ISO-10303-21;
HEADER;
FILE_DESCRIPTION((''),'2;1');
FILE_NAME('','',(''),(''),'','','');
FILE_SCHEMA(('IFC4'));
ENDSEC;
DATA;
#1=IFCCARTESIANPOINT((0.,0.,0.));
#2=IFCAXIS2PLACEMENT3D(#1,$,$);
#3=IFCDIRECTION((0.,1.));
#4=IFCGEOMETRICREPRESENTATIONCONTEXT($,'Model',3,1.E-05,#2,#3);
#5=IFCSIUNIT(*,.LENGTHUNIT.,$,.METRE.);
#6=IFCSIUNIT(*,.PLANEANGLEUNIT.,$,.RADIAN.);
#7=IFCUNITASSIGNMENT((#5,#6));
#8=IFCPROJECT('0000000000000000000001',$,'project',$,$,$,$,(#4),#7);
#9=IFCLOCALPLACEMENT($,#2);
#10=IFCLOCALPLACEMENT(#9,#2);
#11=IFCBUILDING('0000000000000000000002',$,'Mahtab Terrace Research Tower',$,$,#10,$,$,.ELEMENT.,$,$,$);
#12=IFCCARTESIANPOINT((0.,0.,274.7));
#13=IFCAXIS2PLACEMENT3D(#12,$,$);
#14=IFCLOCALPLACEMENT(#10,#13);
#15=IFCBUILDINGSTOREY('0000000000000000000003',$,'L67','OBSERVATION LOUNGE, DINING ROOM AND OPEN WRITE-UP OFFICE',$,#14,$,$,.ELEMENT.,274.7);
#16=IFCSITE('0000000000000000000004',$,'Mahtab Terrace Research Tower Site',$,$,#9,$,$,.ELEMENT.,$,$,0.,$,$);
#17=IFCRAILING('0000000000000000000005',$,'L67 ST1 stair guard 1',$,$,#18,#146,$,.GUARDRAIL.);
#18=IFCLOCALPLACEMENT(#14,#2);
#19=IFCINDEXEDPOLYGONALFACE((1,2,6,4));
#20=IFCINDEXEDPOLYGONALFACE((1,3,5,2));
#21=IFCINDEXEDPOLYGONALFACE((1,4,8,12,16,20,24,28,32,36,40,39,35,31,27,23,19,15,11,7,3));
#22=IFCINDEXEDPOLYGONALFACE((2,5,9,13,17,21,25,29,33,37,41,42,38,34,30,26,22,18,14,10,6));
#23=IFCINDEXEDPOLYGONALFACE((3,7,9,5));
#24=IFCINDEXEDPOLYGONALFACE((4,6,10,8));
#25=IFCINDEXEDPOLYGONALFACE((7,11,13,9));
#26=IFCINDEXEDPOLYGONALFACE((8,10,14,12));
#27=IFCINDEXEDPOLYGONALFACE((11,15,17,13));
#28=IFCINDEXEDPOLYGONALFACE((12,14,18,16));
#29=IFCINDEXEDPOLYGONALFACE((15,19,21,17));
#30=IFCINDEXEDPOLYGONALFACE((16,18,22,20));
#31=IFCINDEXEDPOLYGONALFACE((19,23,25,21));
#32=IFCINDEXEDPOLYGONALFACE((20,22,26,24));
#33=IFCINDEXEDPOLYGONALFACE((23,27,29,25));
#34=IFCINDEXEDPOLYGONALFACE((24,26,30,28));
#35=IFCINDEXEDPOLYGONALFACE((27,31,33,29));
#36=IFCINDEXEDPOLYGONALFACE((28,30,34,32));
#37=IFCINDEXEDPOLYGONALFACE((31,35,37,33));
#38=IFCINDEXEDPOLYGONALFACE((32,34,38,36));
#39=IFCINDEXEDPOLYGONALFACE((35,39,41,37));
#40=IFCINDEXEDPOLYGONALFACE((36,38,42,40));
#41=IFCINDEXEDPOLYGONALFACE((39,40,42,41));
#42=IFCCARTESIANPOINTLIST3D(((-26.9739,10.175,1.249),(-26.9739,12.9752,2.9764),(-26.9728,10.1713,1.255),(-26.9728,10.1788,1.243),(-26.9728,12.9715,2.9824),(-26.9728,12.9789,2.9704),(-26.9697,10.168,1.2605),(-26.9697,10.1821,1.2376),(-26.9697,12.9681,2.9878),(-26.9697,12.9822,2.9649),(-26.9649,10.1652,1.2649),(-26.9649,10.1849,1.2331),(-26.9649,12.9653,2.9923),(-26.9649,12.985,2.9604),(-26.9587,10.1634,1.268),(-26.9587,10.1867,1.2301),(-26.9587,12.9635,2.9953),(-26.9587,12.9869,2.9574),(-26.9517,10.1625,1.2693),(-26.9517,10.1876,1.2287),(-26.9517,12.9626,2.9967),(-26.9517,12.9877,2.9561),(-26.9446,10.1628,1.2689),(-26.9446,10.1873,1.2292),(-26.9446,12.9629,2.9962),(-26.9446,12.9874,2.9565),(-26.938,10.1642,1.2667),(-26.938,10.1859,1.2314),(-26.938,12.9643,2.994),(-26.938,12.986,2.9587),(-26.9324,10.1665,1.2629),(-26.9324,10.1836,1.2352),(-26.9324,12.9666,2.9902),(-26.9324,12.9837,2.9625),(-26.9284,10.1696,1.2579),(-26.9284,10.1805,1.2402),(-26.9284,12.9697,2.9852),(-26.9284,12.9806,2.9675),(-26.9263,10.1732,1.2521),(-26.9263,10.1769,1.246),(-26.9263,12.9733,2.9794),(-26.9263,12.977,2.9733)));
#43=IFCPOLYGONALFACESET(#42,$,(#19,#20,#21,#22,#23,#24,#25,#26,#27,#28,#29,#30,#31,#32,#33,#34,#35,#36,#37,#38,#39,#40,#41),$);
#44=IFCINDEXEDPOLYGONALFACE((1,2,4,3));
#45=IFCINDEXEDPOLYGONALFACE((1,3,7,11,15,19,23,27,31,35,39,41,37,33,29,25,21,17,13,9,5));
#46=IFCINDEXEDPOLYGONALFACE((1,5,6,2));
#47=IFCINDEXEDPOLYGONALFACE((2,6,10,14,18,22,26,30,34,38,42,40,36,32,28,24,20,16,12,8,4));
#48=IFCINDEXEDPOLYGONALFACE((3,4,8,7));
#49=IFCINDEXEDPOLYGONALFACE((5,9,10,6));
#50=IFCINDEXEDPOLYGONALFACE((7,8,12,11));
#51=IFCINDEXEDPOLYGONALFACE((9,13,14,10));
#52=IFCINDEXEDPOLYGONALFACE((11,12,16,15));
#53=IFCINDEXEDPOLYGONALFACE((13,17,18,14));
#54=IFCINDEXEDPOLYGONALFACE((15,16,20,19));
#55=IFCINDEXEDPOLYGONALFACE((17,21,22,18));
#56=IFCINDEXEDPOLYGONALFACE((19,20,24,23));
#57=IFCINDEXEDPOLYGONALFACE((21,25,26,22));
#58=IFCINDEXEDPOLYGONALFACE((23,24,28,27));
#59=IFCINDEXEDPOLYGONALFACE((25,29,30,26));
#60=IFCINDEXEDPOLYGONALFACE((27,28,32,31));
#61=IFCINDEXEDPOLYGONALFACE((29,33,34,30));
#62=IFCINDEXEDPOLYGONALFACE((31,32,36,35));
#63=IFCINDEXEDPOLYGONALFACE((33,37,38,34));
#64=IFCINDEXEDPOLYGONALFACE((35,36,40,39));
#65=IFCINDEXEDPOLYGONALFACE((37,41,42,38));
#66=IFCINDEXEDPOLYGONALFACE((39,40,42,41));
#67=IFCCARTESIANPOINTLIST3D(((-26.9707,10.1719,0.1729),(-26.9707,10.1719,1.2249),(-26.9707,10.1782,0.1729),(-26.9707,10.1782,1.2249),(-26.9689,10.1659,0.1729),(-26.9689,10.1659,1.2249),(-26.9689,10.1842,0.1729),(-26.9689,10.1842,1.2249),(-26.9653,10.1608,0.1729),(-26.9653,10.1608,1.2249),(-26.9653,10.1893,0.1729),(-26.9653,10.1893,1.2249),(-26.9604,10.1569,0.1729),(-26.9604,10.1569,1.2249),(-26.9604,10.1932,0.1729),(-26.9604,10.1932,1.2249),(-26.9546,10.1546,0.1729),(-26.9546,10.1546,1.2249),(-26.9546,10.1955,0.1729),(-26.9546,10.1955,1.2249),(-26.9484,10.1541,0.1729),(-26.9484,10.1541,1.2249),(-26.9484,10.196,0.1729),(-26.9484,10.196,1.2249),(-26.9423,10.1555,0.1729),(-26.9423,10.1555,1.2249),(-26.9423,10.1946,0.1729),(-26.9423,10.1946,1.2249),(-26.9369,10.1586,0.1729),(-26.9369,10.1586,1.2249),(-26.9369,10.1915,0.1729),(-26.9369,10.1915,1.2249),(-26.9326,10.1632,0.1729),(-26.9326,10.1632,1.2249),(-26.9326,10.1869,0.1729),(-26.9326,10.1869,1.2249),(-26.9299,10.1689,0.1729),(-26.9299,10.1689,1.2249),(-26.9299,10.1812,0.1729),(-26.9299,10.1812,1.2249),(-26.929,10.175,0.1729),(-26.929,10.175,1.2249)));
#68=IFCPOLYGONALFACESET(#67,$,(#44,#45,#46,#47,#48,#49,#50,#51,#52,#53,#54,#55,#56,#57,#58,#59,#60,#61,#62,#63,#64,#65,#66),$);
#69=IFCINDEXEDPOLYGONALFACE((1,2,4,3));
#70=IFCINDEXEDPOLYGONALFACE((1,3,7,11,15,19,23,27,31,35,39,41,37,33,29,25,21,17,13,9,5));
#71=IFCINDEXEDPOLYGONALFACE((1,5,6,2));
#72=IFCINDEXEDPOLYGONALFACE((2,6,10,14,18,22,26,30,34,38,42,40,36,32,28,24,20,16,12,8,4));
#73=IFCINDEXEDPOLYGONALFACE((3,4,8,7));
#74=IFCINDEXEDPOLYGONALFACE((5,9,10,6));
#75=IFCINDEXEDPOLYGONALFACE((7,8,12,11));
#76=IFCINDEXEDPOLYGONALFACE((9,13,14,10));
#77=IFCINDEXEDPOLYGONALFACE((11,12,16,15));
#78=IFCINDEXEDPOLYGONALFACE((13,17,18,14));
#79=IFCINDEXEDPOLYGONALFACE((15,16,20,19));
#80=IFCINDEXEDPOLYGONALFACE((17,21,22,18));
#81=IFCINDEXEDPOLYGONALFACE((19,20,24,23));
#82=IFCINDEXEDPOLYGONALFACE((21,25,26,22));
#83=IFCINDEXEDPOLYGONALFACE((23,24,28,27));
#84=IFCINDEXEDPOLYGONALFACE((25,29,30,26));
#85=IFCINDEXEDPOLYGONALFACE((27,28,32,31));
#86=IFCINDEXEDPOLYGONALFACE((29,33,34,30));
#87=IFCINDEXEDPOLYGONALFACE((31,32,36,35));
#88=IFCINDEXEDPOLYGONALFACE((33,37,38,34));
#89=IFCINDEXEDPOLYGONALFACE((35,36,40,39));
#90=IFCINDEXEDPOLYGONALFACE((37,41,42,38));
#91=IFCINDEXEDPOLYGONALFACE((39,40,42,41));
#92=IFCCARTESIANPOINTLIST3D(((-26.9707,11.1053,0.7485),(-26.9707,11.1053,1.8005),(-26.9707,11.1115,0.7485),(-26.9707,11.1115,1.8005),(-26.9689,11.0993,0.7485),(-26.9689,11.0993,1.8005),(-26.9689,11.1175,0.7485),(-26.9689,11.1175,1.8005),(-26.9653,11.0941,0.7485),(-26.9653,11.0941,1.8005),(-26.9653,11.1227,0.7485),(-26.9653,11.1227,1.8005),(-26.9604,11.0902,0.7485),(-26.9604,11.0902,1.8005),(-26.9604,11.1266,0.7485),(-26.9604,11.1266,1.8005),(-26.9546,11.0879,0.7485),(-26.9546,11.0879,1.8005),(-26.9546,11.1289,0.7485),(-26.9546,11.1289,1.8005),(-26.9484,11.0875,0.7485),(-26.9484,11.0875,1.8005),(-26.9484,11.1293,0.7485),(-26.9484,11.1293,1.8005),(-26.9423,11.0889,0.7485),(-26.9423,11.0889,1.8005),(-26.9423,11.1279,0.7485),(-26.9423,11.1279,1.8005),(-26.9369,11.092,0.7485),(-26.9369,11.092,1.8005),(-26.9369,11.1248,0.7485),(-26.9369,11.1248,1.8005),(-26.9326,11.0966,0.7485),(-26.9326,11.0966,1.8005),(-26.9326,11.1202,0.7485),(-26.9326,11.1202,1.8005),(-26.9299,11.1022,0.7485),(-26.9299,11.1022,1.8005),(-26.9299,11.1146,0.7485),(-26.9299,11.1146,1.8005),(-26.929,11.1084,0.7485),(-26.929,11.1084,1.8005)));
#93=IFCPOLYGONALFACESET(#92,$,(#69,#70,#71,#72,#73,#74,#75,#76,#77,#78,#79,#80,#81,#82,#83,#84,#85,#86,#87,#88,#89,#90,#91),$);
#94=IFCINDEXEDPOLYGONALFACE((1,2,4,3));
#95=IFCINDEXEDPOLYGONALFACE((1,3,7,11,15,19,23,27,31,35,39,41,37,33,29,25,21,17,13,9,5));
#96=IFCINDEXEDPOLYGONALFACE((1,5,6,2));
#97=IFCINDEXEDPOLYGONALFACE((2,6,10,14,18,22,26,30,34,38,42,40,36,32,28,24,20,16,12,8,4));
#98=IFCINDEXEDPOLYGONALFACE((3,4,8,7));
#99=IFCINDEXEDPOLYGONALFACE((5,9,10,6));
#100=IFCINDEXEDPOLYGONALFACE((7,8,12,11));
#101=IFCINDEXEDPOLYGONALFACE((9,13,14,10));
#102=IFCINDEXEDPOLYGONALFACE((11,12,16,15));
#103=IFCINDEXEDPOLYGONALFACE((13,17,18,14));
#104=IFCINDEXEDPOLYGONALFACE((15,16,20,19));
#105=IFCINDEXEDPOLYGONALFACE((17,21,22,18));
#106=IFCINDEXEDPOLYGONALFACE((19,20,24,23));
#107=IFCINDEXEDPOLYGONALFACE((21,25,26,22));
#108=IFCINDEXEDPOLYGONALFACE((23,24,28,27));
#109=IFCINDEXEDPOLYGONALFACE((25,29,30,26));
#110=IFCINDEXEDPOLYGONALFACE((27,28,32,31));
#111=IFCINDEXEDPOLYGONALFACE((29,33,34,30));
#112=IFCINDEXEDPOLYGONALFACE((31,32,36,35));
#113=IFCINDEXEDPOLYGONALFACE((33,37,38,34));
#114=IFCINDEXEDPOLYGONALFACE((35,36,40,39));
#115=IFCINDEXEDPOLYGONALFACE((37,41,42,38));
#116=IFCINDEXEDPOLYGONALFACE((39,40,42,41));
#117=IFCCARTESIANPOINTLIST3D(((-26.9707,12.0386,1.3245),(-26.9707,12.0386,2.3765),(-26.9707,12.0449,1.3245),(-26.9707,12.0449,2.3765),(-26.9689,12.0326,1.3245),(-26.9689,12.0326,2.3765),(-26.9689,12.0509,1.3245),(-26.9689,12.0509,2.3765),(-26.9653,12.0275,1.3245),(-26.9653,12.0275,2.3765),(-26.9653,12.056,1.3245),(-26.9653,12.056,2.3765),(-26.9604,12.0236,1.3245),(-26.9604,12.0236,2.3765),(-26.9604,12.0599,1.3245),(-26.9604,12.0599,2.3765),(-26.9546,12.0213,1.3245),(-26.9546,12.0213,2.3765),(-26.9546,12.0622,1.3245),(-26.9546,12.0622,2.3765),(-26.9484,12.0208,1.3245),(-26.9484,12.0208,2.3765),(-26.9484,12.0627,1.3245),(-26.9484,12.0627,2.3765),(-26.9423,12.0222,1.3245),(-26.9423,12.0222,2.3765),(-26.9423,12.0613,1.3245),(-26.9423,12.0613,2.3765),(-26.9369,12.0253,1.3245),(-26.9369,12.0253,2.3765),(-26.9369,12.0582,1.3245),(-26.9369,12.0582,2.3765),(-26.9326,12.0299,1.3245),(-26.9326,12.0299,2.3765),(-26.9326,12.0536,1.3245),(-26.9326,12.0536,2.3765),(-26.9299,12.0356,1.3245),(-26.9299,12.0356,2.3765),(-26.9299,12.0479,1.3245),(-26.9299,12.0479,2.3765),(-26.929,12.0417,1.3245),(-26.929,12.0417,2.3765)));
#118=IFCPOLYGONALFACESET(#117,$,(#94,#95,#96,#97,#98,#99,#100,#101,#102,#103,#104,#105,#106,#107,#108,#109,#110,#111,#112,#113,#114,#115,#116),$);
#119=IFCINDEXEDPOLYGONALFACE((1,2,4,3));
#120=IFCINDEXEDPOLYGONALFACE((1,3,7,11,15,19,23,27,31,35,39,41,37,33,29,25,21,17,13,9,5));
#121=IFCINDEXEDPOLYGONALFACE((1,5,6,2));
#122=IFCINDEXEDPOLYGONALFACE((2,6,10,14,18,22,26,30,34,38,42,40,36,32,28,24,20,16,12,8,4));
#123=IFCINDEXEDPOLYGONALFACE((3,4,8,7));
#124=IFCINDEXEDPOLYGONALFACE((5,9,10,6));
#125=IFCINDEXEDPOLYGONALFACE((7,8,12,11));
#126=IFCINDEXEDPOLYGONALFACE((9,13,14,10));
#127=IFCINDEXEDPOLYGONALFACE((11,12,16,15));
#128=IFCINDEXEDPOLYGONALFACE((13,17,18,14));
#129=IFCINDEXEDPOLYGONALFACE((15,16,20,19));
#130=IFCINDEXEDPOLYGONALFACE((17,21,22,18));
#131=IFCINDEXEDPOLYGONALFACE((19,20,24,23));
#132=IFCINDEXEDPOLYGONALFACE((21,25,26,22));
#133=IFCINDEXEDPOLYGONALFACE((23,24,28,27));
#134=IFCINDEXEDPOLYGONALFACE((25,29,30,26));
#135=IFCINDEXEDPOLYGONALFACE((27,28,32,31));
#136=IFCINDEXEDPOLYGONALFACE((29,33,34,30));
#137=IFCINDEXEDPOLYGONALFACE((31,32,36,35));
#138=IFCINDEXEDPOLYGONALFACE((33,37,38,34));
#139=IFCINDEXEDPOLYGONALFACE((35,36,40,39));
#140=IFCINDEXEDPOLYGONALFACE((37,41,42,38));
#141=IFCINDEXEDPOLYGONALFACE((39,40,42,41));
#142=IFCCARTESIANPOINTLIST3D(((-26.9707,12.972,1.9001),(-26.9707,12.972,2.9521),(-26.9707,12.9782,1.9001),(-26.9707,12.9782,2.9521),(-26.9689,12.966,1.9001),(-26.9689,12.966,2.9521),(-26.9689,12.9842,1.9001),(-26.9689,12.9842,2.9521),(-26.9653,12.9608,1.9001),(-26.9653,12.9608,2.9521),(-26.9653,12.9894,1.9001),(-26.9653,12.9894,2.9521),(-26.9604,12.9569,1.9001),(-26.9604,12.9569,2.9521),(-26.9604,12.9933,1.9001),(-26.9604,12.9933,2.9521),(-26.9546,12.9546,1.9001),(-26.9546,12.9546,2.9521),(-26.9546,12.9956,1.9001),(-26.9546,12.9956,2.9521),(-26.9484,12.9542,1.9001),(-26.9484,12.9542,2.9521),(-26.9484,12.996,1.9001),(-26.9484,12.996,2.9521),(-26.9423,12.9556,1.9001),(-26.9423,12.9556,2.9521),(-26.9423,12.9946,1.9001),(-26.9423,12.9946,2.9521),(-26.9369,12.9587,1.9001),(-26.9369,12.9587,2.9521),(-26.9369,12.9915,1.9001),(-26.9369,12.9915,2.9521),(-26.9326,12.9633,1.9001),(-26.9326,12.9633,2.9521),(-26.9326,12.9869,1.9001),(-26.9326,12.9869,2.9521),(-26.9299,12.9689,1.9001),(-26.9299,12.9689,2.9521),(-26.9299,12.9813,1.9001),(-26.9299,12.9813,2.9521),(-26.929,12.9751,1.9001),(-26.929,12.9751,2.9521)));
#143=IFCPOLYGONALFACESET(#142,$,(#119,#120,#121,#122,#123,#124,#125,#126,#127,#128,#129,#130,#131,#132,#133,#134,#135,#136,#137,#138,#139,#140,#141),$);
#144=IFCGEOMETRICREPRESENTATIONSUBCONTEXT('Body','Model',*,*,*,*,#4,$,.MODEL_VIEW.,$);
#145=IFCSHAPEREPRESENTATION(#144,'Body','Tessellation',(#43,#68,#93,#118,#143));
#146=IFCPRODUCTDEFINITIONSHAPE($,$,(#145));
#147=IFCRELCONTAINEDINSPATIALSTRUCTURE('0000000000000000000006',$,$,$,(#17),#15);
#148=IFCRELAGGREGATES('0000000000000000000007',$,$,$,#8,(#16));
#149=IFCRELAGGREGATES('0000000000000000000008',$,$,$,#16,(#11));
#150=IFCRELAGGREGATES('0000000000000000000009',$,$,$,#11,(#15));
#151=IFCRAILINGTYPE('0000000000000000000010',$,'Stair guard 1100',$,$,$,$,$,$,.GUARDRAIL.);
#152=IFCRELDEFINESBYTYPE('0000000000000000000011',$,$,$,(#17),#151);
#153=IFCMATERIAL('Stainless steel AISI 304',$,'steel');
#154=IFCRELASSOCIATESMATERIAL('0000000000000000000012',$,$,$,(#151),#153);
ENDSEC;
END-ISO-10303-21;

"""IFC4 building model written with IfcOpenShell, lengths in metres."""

from ifc_helpers import new_model, si_unit, direction, frame, origin, origin_2d, place, context, subcontext, project, spatial, circle, extrude, material, type_object, element, save


model = new_model("IFC4")

# Units and contexts
model_context = context("Model", 3, precision=1e-05, world=origin(), true_north=direction((0.0, 1.0)))
body_context = subcontext(model_context, "Body", "Model", "MODEL_VIEW")
ifc_project = project(units=[si_unit("LENGTHUNIT", "METRE"), si_unit("PLANEANGLEUNIT", "RADIAN")], contexts=[model_context])

# Site, building, storey
site_placement = place(None, origin())
site = spatial("IfcSite", under=ifc_project, at=site_placement, Name="Mahtab Terrace Research Tower Site", CompositionType="ELEMENT", RefElevation=0.0)
building_placement = place(site_placement, origin())
building = spatial("IfcBuilding", under=site, at=building_placement, Name="Mahtab Terrace Research Tower", CompositionType="ELEMENT")
storey_placement = place(building_placement, frame((0.0, 0.0, 274.7)))
storey = spatial("IfcBuildingStorey", under=building, at=storey_placement, Name="L67", Description="OBSERVATION LOUNGE, DINING ROOM AND OPEN WRITE-UP OFFICE", CompositionType="ELEMENT", Elevation=274.7)

# Railing
ifc_material_1 = material(Name="Stainless steel AISI 304", Category="steel")
railing_type_1 = type_object("IfcRailingType", Name="Stair guard 1100", PredefinedType="GUARDRAIL", material=ifc_material_1)
railing_1_placement = place(storey_placement, frame((-26.95, 10.175, 0.1729)))
element("IfcRailing", 1, at=railing_1_placement, inside=storey, type_object=railing_type_1, Name="L67 ST1 stair guard 1", PredefinedType="GUARDRAIL", context=body_context, shape_type="SweptSolid", body=[
    extrude(circle(Radius=0.0239, at=origin_2d()), frame((0.0, 0.0, 1.0762), z_axis=(0.0, 0.85109, 0.52502), x_axis=(-1.0, 0.0, 0.0)), (0.0, 0.0, 1.0), 3.29),
    extrude(circle(Radius=0.021, at=origin_2d()), origin(), (0.0, 0.0, 1.0), 1.052),
    extrude(circle(Radius=0.021, at=origin_2d()), frame((0.0, 0.9333, 0.5757)), (0.0, 0.0, 1.0), 1.052),
    extrude(circle(Radius=0.021, at=origin_2d()), frame((0.0, 1.8667, 1.1516)), (0.0, 0.0, 1.0), 1.052),
    extrude(circle(Radius=0.021, at=origin_2d()), frame((0.0, 2.8, 1.7273)), (0.0, 0.0, 1.0), 1.052),
])

save(model, "model.ifc")
